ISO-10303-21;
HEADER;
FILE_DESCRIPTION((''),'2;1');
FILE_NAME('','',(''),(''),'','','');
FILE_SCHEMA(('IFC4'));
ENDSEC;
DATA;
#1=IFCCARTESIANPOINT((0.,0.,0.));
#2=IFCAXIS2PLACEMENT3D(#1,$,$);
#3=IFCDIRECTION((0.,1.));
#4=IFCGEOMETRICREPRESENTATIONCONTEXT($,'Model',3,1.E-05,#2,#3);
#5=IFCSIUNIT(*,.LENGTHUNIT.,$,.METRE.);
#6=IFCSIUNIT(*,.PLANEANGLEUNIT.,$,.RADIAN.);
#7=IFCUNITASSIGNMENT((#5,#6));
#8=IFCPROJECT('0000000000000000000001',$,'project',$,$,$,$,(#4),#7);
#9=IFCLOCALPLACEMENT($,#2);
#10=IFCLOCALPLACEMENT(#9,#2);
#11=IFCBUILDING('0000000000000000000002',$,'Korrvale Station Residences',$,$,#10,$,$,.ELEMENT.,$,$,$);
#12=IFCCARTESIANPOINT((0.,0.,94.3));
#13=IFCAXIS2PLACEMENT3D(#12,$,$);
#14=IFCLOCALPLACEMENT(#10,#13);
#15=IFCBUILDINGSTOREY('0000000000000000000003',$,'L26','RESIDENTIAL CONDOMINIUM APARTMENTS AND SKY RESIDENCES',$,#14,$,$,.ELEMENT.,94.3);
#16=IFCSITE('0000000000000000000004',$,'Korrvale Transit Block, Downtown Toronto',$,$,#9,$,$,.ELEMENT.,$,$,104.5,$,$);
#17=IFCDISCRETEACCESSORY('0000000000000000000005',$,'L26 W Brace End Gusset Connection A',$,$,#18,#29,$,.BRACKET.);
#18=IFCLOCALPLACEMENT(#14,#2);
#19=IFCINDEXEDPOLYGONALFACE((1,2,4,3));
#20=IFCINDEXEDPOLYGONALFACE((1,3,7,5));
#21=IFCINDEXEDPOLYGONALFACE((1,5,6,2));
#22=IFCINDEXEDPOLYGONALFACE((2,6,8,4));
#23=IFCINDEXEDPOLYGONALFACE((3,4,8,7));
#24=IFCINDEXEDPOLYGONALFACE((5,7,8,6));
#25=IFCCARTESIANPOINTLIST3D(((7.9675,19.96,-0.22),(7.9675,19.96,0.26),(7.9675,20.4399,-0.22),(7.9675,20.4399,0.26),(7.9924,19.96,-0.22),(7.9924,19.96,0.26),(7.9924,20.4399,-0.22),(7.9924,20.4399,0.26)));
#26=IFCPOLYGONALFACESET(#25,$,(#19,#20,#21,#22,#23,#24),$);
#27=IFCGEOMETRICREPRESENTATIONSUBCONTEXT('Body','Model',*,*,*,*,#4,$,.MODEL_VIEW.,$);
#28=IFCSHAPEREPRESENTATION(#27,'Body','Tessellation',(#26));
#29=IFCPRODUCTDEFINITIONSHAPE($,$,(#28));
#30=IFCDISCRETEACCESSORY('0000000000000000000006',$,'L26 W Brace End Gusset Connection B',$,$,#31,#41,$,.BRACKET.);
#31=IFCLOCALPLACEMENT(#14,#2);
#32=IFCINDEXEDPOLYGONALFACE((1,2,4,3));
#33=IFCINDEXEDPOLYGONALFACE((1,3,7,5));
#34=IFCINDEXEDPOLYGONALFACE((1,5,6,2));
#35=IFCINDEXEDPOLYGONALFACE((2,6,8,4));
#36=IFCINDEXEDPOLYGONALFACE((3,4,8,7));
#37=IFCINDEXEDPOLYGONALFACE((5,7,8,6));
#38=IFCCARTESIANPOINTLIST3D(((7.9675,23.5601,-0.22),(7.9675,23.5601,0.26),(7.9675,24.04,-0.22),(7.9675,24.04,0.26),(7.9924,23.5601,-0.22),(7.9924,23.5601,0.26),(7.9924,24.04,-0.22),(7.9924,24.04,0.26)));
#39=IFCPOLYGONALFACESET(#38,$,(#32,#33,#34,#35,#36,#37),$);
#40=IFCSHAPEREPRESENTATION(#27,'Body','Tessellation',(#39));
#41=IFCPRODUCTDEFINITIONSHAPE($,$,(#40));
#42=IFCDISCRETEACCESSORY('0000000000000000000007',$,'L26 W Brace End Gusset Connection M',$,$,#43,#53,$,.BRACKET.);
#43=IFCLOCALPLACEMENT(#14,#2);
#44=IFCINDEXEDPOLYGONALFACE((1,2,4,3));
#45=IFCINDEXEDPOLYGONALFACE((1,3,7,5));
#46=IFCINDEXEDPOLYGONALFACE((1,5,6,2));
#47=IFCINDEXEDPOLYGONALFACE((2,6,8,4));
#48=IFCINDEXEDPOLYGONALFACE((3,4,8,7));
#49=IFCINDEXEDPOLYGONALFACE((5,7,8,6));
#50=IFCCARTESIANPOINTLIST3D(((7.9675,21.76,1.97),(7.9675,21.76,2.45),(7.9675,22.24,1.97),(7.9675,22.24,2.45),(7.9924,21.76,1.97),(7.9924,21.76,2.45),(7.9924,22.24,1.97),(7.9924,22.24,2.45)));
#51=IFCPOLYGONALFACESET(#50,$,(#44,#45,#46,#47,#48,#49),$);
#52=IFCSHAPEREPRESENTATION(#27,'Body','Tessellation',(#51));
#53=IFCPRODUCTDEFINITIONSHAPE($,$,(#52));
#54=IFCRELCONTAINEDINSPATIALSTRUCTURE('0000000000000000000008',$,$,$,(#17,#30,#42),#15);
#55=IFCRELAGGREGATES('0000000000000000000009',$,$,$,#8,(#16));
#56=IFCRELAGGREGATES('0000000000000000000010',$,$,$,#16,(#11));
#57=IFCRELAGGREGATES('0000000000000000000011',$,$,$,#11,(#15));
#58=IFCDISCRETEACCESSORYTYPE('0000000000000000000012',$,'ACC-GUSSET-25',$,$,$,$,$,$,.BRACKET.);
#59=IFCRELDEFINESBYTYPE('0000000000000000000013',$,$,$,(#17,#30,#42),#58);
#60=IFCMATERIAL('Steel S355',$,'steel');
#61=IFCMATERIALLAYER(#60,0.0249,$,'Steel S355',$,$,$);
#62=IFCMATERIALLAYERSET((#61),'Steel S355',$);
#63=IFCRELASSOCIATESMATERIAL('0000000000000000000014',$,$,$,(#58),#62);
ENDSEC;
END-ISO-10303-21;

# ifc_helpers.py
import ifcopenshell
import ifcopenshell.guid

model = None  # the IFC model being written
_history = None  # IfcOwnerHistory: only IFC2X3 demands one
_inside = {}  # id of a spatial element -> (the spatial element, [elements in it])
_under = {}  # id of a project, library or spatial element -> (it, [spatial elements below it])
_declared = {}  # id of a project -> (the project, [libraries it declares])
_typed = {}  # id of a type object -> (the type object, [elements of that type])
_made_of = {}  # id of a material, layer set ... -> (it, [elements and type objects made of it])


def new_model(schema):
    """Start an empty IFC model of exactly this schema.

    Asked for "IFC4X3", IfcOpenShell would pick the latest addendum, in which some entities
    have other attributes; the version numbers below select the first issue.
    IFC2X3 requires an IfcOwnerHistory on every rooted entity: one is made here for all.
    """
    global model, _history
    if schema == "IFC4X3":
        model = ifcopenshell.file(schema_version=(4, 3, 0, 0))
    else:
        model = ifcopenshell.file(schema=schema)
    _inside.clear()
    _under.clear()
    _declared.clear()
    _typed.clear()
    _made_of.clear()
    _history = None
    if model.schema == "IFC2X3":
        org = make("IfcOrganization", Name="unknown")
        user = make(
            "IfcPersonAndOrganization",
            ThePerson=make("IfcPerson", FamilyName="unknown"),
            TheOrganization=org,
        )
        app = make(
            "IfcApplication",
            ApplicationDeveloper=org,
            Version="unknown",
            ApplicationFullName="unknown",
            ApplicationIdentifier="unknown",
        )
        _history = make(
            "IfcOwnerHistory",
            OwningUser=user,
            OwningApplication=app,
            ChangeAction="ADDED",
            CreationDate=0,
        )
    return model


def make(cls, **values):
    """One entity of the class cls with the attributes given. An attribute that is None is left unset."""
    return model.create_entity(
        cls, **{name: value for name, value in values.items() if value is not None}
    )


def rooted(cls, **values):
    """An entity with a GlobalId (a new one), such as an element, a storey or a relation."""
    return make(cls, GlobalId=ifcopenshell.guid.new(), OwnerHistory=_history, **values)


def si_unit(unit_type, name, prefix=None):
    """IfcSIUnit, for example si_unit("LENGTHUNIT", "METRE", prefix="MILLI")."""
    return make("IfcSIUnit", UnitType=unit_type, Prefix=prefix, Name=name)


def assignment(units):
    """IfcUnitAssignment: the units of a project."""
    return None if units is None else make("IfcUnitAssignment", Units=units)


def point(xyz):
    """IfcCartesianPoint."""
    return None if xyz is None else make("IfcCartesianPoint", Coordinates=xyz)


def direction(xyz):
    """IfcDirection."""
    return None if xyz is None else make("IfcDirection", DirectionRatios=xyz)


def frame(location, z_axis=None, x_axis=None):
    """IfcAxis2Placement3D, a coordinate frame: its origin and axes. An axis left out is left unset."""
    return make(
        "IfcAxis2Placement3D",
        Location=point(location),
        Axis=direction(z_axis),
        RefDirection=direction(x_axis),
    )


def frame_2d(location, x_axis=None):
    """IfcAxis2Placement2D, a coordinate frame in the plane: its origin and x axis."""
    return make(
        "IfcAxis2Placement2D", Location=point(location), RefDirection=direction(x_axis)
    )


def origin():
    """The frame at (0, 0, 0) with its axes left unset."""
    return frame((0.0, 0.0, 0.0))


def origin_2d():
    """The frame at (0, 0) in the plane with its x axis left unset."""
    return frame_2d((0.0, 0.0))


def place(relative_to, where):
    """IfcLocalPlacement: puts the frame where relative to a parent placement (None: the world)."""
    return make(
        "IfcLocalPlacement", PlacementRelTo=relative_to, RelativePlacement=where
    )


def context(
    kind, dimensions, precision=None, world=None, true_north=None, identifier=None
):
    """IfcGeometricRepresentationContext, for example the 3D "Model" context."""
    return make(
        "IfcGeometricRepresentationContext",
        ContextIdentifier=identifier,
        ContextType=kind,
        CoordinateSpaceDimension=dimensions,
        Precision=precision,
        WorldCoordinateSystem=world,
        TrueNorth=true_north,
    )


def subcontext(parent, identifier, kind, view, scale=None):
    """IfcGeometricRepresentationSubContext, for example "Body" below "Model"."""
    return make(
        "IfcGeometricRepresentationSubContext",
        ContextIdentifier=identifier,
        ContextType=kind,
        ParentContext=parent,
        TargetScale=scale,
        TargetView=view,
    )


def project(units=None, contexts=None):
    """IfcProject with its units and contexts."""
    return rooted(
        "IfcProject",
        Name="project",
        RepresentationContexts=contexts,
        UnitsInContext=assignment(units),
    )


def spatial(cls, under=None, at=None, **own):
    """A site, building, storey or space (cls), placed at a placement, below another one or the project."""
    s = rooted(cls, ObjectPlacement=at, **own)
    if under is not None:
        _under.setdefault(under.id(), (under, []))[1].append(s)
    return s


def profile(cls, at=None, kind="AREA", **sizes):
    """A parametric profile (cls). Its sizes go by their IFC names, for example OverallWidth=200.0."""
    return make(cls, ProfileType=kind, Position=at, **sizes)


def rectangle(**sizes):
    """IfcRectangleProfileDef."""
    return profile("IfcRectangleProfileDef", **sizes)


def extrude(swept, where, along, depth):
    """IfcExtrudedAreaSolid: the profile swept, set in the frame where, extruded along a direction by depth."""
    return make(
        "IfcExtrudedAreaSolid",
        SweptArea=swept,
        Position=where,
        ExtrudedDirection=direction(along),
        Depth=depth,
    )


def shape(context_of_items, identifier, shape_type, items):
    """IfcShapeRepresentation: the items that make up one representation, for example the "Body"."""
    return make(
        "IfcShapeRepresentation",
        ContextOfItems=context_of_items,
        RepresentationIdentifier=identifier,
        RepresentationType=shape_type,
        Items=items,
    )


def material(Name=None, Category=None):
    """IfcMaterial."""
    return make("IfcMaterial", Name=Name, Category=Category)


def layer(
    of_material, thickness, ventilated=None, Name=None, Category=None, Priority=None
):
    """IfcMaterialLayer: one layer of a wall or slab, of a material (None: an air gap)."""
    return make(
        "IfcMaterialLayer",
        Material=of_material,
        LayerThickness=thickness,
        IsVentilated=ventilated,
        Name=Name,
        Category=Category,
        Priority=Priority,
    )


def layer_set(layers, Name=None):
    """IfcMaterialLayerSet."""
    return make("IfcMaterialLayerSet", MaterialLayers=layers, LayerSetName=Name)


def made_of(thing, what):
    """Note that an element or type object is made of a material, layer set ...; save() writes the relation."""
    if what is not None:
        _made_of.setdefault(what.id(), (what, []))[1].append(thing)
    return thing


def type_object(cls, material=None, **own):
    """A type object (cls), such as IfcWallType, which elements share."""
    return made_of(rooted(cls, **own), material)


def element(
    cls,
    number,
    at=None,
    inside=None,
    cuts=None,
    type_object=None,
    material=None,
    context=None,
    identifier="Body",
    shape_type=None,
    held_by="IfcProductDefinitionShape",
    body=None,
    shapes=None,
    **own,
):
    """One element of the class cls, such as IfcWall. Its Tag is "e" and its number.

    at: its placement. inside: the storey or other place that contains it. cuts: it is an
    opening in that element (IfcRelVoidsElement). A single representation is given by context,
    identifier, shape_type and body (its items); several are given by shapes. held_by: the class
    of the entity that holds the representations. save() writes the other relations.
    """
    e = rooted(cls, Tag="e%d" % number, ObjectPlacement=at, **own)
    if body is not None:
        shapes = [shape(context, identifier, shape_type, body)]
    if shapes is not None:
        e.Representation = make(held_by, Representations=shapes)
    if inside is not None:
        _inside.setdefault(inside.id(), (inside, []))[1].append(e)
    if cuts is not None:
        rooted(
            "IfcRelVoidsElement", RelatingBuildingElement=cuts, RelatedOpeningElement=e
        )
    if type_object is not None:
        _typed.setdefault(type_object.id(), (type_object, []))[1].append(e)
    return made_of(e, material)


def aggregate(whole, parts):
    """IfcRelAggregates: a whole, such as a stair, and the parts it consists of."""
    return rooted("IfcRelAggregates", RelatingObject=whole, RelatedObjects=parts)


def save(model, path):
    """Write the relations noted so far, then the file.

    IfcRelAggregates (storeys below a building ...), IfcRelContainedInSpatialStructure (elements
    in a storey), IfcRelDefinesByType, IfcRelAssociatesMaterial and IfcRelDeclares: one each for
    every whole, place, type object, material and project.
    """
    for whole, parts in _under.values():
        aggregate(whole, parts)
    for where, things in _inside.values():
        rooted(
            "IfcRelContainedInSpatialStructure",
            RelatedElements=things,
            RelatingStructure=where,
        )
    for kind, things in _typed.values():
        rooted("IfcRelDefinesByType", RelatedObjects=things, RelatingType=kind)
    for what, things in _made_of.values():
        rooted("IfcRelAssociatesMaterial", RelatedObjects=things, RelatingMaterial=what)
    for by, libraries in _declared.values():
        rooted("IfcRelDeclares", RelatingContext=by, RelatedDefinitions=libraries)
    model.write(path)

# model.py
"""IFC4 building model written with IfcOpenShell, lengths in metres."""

from ifc_helpers import new_model, si_unit, direction, frame, origin, origin_2d, place, context, subcontext, project, spatial, rectangle, extrude, material, layer, layer_set, type_object, element, save


model = new_model("IFC4")

# Units and contexts
model_context = context("Model", 3, precision=1e-05, world=origin(), true_north=direction((0.0, 1.0)))
body_context = subcontext(model_context, "Body", "Model", "MODEL_VIEW")
ifc_project = project(units=[si_unit("LENGTHUNIT", "METRE"), si_unit("PLANEANGLEUNIT", "RADIAN")], contexts=[model_context])

# Site, building, storey
site_placement = place(None, origin())
site = spatial("IfcSite", under=ifc_project, at=site_placement, Name="Korrvale Transit Block, Downtown Toronto", CompositionType="ELEMENT", RefElevation=104.5)
building_placement = place(site_placement, origin())
building = spatial("IfcBuilding", under=site, at=building_placement, Name="Korrvale Station Residences", CompositionType="ELEMENT")
storey_placement = place(building_placement, frame((0.0, 0.0, 94.3)))
storey = spatial("IfcBuildingStorey", under=building, at=storey_placement, Name="L26", Description="RESIDENTIAL CONDOMINIUM APARTMENTS AND SKY RESIDENCES", CompositionType="ELEMENT", Elevation=94.3)

# Shared definitions
ifc_material_1 = material(Name="Steel S355", Category="steel")

# Discrete accessories
ifc_layer_1 = layer(ifc_material_1, 0.0249, Name="Steel S355")
ifc_layer_set_1 = layer_set([ifc_layer_1], Name="Steel S355")
discrete_accessory_type = type_object("IfcDiscreteAccessoryType", Name="ACC-GUSSET-25", PredefinedType="BRACKET", material=ifc_layer_set_1)
for number, where, z_axis, x_axis, name in (
    (1, (7.98, 20.2, -0.22), (0.0, 0.0, 1.0), (0.0, 1.0, 0.0), "L26 W Brace End Gusset Connection A"),
    (2, (7.98, 23.8, -0.22), (0.0, 0.0, 1.0), (0.0, 1.0, 0.0), "L26 W Brace End Gusset Connection B"),
    (3, (7.98, 22.0, 1.97), (0.0, 0.0, 1.0), (0.0, 1.0, 0.0), "L26 W Brace End Gusset Connection M"),
):
    element("IfcDiscreteAccessory", number, at=place(storey_placement, frame(where, z_axis=z_axis, x_axis=x_axis)), inside=storey, type_object=discrete_accessory_type, Name=name, PredefinedType="BRACKET", context=body_context, shape_type="SweptSolid", body=[
        extrude(rectangle(XDim=0.48, YDim=0.0249, at=origin_2d()), origin(), (0.0, 0.0, 1.0), 0.48),
    ])

save(model, "model.ifc")
